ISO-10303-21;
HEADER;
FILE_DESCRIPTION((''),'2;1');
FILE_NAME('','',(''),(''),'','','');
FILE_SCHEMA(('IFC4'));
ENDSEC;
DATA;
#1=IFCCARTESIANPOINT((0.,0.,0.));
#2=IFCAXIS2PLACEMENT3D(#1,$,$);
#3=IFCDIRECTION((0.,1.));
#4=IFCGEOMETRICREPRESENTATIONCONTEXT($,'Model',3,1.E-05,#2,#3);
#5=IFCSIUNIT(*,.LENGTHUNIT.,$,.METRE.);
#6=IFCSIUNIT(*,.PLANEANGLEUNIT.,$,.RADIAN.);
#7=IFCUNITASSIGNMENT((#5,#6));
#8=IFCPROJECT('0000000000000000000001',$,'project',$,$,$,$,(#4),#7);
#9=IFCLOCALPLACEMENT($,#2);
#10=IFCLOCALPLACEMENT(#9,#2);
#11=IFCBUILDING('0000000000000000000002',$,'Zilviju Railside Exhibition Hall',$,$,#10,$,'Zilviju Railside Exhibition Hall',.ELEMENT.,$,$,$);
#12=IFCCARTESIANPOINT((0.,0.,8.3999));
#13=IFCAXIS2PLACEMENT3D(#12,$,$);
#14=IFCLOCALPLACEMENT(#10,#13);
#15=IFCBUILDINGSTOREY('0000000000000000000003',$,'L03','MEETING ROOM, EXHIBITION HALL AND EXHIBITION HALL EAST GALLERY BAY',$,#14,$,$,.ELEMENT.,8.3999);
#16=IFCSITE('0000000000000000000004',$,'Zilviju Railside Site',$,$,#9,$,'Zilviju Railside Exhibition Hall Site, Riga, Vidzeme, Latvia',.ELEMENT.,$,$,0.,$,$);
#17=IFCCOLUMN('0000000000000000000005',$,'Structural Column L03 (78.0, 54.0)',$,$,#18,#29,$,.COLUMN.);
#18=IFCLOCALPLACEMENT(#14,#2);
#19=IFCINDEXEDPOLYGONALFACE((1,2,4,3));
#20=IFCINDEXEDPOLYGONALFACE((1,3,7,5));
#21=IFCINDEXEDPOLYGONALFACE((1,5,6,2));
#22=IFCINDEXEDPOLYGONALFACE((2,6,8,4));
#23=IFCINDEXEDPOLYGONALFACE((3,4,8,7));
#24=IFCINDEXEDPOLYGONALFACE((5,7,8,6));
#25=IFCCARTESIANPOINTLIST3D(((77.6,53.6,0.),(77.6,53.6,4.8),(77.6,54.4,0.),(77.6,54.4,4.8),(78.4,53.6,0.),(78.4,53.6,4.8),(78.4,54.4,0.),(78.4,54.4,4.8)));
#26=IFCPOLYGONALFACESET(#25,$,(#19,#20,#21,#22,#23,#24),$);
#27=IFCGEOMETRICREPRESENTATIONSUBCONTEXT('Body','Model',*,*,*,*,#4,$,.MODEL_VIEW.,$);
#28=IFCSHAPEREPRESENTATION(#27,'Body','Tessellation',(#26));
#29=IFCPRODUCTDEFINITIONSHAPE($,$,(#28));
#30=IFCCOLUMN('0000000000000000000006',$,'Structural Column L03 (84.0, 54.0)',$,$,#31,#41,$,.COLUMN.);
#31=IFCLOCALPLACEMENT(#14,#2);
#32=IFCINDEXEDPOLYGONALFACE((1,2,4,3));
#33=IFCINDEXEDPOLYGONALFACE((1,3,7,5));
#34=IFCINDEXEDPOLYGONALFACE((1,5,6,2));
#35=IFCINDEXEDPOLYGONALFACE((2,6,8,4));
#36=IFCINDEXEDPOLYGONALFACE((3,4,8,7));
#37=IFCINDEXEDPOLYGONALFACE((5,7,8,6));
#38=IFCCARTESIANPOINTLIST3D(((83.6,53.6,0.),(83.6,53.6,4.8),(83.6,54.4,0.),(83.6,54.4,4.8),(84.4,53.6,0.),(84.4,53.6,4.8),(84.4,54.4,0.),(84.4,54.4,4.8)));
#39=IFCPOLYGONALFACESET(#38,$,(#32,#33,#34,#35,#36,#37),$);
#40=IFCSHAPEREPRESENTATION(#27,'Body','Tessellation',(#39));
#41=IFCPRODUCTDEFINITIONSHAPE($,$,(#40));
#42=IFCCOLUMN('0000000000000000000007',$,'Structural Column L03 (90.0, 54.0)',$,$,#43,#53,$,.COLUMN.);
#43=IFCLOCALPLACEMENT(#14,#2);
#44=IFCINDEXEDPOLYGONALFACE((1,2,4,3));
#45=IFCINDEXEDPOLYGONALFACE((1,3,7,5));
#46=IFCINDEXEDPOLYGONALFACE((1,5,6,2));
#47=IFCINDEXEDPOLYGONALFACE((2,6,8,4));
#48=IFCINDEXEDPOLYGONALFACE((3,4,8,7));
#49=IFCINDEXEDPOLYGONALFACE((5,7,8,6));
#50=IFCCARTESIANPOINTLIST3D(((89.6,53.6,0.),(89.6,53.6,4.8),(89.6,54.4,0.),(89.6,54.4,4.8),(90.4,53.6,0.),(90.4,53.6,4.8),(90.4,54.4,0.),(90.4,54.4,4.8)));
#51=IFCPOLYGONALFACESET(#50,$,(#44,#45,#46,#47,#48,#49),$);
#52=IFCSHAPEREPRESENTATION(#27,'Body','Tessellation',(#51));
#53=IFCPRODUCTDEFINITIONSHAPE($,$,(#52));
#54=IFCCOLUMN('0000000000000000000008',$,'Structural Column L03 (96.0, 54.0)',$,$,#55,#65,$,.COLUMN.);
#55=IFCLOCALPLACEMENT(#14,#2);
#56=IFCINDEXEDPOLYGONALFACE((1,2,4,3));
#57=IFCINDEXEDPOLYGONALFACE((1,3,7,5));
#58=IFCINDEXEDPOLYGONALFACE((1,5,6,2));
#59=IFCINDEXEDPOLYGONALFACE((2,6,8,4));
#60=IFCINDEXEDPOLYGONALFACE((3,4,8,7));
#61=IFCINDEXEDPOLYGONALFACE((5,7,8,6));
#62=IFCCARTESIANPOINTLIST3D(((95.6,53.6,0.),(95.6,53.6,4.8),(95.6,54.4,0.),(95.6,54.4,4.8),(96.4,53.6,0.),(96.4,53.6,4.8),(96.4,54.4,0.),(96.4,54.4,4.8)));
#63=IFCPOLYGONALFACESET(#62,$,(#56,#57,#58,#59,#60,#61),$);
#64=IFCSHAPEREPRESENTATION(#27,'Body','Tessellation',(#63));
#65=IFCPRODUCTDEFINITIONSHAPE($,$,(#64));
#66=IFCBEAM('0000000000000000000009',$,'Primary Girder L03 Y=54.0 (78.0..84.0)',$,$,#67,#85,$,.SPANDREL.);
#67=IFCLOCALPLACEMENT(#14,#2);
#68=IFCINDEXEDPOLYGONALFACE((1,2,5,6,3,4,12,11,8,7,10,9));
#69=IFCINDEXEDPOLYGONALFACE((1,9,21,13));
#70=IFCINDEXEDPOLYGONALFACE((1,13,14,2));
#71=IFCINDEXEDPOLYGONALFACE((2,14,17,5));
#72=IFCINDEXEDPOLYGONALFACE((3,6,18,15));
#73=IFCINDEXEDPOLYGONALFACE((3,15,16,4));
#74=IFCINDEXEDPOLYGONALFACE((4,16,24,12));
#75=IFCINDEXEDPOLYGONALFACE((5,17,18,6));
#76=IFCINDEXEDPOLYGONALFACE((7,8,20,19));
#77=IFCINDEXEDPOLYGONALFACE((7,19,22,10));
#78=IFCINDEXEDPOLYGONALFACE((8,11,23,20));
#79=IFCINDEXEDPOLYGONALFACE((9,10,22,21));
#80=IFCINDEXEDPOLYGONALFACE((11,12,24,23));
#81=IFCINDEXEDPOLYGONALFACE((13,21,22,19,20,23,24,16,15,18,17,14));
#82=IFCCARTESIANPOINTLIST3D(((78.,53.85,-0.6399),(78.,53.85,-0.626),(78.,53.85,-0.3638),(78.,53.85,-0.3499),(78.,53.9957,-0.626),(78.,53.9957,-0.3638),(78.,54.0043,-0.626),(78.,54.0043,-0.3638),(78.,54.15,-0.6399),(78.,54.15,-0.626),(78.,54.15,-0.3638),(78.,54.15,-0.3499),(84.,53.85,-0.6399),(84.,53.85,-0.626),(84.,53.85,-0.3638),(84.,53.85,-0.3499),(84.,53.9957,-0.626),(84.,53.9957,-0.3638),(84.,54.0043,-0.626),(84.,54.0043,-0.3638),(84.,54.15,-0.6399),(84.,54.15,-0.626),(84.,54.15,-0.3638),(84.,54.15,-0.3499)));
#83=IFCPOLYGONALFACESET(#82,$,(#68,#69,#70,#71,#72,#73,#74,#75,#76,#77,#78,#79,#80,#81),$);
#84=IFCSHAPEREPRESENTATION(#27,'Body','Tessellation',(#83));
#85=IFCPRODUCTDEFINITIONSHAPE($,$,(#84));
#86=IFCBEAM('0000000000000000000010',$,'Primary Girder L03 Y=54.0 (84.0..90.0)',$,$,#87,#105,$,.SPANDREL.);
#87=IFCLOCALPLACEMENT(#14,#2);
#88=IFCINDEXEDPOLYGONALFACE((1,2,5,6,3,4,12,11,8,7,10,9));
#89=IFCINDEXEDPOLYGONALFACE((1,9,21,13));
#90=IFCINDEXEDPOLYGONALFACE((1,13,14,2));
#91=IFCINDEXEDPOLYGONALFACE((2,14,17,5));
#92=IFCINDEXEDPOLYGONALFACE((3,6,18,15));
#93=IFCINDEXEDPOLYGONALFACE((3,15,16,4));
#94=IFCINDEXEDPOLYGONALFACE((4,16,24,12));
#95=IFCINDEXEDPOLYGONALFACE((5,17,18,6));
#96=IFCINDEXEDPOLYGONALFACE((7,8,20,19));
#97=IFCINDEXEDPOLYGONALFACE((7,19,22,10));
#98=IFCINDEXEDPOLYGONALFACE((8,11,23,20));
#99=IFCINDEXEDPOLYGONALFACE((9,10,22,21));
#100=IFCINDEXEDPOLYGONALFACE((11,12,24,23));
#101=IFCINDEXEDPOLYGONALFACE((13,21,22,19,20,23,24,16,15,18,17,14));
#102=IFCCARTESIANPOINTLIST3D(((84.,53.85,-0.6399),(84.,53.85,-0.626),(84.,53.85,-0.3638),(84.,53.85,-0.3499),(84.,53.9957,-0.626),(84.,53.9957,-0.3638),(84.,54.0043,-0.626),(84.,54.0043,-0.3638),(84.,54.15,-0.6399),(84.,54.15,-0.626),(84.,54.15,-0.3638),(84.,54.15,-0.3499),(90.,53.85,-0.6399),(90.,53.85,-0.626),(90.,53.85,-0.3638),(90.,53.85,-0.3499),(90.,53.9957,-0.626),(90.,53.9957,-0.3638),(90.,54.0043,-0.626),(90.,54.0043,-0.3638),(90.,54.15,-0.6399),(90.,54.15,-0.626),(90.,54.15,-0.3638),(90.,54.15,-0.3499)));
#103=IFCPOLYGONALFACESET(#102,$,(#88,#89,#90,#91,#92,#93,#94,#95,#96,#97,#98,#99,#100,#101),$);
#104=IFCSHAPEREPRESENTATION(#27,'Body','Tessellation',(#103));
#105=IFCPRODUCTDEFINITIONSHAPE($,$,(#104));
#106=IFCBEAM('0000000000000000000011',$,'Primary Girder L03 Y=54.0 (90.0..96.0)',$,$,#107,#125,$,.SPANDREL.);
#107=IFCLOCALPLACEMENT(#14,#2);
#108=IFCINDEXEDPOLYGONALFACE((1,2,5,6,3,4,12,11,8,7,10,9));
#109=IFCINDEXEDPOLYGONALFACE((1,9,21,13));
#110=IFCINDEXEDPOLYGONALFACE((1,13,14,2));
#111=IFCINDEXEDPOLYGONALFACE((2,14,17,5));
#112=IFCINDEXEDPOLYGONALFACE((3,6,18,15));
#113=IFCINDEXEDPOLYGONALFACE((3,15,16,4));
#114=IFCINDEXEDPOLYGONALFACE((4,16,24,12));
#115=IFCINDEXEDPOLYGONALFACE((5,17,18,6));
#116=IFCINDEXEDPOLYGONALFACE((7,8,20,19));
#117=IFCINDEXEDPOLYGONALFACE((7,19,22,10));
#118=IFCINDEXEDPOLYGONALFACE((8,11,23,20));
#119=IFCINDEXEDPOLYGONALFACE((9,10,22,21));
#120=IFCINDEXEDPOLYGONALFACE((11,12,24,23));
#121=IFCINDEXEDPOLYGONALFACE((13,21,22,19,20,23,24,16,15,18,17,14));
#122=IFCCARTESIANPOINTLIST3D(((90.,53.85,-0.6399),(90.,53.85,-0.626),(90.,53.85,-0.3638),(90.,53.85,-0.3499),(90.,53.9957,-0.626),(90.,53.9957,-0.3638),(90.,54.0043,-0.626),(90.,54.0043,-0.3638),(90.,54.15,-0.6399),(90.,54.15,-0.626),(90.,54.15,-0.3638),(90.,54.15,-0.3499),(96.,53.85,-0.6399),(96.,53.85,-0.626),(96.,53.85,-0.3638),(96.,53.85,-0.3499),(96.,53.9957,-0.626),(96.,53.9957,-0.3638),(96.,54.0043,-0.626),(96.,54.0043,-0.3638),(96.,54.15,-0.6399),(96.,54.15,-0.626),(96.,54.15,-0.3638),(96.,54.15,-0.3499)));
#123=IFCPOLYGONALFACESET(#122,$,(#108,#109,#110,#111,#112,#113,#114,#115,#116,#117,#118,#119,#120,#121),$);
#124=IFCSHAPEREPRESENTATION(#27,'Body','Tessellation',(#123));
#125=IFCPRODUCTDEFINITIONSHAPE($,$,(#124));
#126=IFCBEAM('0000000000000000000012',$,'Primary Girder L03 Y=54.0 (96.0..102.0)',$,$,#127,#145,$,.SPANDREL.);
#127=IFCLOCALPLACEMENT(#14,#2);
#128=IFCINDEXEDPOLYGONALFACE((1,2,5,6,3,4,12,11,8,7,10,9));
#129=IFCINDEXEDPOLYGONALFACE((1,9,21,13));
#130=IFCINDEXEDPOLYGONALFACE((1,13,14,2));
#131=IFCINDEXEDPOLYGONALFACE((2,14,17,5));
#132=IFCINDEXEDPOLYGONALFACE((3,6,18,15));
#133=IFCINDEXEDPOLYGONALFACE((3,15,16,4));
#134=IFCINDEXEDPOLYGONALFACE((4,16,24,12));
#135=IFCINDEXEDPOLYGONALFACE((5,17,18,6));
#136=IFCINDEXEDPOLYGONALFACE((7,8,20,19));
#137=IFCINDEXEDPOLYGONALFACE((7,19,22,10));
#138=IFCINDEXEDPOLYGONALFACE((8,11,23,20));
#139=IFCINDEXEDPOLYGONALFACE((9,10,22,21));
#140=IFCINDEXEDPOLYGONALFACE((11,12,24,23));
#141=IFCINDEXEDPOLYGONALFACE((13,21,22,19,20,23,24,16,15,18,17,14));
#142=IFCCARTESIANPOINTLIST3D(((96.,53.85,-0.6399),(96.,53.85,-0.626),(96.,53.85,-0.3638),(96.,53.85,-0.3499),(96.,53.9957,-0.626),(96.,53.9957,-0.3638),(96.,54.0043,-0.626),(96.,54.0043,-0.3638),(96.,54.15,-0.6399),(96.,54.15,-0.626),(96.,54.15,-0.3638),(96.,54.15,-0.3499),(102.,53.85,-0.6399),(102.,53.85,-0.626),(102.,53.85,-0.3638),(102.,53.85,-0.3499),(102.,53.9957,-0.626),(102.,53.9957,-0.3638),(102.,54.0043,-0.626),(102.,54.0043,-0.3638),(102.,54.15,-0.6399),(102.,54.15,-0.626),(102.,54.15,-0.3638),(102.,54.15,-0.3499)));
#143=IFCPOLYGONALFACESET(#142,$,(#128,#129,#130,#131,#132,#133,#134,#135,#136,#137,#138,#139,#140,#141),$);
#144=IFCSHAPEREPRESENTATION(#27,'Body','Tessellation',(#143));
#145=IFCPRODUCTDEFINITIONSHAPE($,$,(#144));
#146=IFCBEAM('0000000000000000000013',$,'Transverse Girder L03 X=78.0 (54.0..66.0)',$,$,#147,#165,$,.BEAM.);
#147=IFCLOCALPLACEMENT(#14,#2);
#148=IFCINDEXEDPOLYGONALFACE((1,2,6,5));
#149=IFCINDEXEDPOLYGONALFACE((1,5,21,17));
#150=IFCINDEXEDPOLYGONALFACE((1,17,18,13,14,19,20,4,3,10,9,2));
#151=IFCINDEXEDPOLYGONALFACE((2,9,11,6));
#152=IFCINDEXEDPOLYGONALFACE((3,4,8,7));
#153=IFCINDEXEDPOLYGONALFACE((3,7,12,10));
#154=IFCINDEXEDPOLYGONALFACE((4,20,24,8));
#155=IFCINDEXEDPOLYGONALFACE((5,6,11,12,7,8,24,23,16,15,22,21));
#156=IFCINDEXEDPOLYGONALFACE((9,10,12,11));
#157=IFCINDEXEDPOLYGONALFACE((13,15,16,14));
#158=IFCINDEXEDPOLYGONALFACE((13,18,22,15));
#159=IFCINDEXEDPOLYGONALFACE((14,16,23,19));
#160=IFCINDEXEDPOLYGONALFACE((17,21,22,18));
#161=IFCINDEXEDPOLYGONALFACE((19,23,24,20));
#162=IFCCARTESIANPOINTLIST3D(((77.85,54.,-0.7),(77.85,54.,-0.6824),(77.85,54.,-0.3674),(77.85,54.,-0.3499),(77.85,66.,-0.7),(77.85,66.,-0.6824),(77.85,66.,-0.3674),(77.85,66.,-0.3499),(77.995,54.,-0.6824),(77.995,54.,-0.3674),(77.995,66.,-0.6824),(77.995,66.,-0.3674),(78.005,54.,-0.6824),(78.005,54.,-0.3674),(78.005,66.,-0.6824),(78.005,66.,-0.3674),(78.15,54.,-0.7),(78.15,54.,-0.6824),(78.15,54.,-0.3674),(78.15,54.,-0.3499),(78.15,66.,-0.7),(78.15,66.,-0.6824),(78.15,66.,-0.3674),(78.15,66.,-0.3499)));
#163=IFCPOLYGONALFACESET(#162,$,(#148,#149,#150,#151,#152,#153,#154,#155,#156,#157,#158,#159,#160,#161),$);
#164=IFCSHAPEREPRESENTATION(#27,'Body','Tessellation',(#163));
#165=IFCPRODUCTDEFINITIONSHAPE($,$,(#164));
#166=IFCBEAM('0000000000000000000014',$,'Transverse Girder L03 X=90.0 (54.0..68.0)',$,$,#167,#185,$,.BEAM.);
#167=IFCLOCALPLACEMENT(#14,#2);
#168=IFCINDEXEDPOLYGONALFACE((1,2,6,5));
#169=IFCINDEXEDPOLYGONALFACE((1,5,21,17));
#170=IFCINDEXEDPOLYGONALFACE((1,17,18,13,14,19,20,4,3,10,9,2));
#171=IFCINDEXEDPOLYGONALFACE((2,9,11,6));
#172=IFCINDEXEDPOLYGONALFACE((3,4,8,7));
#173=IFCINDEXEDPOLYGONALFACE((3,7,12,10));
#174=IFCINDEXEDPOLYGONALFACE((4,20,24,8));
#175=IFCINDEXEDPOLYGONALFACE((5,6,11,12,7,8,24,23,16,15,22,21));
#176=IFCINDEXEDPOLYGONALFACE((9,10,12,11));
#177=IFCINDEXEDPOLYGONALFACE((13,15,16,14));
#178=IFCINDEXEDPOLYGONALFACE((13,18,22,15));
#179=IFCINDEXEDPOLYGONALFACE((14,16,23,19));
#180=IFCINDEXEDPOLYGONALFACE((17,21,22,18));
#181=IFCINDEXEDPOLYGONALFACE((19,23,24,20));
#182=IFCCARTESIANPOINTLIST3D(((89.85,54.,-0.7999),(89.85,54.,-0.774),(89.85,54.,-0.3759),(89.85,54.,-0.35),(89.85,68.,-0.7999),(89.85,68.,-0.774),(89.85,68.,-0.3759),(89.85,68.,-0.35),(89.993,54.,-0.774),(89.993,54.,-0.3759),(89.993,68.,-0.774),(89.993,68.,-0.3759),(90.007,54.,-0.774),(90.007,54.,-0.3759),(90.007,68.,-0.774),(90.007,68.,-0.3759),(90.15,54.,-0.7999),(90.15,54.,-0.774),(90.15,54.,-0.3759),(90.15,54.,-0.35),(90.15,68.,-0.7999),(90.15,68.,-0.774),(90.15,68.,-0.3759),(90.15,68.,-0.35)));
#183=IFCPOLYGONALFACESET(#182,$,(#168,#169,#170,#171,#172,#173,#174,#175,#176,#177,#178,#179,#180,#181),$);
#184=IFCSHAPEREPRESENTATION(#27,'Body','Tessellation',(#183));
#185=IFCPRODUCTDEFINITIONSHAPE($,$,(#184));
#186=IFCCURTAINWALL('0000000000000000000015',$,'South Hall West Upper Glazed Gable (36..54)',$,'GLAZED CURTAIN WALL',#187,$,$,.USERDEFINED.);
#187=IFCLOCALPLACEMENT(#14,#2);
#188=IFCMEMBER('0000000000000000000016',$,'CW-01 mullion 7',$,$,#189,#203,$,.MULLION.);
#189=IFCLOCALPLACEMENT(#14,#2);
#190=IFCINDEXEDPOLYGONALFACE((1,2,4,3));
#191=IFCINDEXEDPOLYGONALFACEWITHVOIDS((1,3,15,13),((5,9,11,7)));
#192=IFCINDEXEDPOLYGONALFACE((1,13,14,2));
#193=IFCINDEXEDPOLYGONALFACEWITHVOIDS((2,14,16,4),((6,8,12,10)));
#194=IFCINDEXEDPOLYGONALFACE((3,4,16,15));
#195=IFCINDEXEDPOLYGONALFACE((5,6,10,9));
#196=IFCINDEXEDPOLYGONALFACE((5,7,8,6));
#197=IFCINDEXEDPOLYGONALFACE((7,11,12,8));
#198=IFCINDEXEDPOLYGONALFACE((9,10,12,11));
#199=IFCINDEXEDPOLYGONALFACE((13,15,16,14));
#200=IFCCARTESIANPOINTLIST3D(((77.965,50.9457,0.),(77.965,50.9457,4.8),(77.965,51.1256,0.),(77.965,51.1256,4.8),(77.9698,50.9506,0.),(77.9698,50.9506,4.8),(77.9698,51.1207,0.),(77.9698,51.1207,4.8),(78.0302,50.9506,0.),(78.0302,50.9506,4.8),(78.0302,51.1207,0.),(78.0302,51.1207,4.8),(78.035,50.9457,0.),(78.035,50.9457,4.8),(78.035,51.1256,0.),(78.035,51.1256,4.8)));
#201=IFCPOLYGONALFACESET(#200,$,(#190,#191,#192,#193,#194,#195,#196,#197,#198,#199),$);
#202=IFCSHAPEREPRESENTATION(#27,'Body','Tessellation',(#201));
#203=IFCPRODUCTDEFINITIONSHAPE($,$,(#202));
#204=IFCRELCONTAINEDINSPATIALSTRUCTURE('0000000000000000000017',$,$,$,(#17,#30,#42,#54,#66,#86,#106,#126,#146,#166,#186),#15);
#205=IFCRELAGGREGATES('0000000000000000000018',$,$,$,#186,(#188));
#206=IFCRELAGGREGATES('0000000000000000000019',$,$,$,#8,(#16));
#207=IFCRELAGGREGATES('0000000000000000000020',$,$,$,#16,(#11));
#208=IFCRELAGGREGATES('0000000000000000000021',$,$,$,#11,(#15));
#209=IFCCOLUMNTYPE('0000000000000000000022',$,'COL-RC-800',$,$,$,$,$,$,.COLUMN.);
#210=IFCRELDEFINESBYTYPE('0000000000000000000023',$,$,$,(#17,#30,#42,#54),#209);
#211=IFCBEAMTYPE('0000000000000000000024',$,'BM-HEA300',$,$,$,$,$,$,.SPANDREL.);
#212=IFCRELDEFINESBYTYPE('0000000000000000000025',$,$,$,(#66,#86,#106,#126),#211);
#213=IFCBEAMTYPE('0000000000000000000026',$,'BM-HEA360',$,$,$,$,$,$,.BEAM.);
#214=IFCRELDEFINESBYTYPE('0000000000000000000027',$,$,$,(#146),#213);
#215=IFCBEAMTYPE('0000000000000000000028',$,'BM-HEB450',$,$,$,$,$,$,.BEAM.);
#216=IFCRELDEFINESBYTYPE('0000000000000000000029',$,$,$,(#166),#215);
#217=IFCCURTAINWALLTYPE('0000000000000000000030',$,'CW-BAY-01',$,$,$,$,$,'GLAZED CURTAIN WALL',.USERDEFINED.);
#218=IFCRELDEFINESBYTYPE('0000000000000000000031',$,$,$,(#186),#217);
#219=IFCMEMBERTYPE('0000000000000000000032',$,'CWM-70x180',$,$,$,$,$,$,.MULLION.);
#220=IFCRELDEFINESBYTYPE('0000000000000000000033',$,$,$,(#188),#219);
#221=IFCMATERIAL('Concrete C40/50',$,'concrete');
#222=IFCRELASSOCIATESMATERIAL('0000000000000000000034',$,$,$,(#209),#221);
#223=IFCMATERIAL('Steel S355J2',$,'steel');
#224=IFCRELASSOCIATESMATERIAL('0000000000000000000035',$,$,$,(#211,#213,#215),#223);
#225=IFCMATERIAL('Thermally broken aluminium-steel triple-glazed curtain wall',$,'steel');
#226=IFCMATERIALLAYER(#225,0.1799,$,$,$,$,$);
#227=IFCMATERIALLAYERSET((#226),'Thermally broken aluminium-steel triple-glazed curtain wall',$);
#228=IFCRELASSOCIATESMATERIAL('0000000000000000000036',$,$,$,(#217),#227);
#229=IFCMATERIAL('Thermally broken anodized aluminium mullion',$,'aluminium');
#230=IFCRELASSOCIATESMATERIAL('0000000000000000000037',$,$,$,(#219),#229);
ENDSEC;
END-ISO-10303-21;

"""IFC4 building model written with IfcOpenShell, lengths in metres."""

from ifc_helpers import new_model, si_unit, direction, frame, origin, origin_2d, place, context, subcontext, project, spatial, rectangle, hollow_rectangle, i_section, extrude, material, layer, layer_set, material_profile, profile_set, type_object, element, aggregate, save


model = new_model("IFC4")

# Units and contexts
model_context = context("Model", 3, precision=1e-05, world=origin(), true_north=direction((0.0, 1.0)))
body_context = subcontext(model_context, "Body", "Model", "MODEL_VIEW")
ifc_project = project(units=[si_unit("LENGTHUNIT", "METRE"), si_unit("PLANEANGLEUNIT", "RADIAN")], contexts=[model_context])

# Site, building, storey
site_placement = place(None, origin())
site = spatial("IfcSite", under=ifc_project, at=site_placement, Name="Zilviju Railside Site", LongName="Zilviju Railside Exhibition Hall Site, Riga, Vidzeme, Latvia", CompositionType="ELEMENT", RefElevation=0.0)
building_placement = place(site_placement, origin())
building = spatial("IfcBuilding", under=site, at=building_placement, Name="Zilviju Railside Exhibition Hall", LongName="Zilviju Railside Exhibition Hall", CompositionType="ELEMENT")
storey_placement = place(building_placement, frame((0.0, 0.0, 8.3999)))
storey = spatial("IfcBuildingStorey", under=building, at=storey_placement, Name="L03", Description="MEETING ROOM, EXHIBITION HALL AND EXHIBITION HALL EAST GALLERY BAY", CompositionType="ELEMENT", Elevation=8.3999)

# Columns
ifc_material_1 = material(Name="Concrete C40/50", Category="concrete")
ifc_material_profile_1 = material_profile(ifc_material_1, rectangle(XDim=0.8, YDim=0.8, at=origin_2d()), Name="RC COL 800x800")
ifc_profile_set_1 = profile_set([ifc_material_profile_1], Name="Concrete C40/50")
column_type = type_object("IfcColumnType", Name="COL-RC-800", PredefinedType="COLUMN", material=ifc_profile_set_1)
for number, where, z_axis, x_axis, name in (
    (1, (78.0, 54.0, 0.0), (0.0, 0.0, 1.0), (1.0, 0.0, 0.0), "Structural Column L03 (78.0, 54.0)"),
    (2, (84.0, 54.0, 0.0), (0.0, 0.0, 1.0), (1.0, 0.0, 0.0), "Structural Column L03 (84.0, 54.0)"),
    (3, (90.0, 54.0, 0.0), (0.0, 0.0, 1.0), (1.0, 0.0, 0.0), "Structural Column L03 (90.0, 54.0)"),
    (4, (96.0, 54.0, 0.0), (0.0, 0.0, 1.0), (1.0, 0.0, 0.0), "Structural Column L03 (96.0, 54.0)"),
):
    element("IfcColumn", number, at=place(storey_placement, frame(where, z_axis=z_axis, x_axis=x_axis)), inside=storey, type_object=column_type, Name=name, PredefinedType="COLUMN", context=body_context, shape_type="SweptSolid", body=[
        extrude(rectangle(XDim=0.8, YDim=0.8, at=origin_2d()), origin(), (0.0, 0.0, 1.0), 4.8),
    ])

# Beams
ifc_material_2 = material(Name="Steel S355J2", Category="steel")
ifc_material_profile_2 = material_profile(ifc_material_2, i_section(OverallWidth=0.3, OverallDepth=0.29, WebThickness=0.0085, FlangeThickness=0.0139, at=origin_2d()), Name="HEA 300")
ifc_profile_set_2 = profile_set([ifc_material_profile_2], Name="Steel S355J2")
beam_type_1 = type_object("IfcBeamType", Name="BM-HEA300", PredefinedType="SPANDREL", material=ifc_profile_set_2)
for number, where, z_axis, x_axis, name in (
    (5, (78.0, 54.0, -0.4949), (1.0, 0.0, 0.0), (0.0, 1.0, 0.0), "Primary Girder L03 Y=54.0 (78.0..84.0)"),
    (6, (84.0, 54.0, -0.4949), (1.0, 0.0, 0.0), (0.0, 1.0, 0.0), "Primary Girder L03 Y=54.0 (84.0..90.0)"),
    (7, (90.0, 54.0, -0.4949), (1.0, 0.0, 0.0), (0.0, 1.0, 0.0), "Primary Girder L03 Y=54.0 (90.0..96.0)"),
    (8, (96.0, 54.0, -0.4949), (1.0, 0.0, 0.0), (0.0, 1.0, 0.0), "Primary Girder L03 Y=54.0 (96.0..102.0)"),
):
    element("IfcBeam", number, at=place(storey_placement, frame(where, z_axis=z_axis, x_axis=x_axis)), inside=storey, type_object=beam_type_1, Name=name, PredefinedType="SPANDREL", context=body_context, shape_type="SweptSolid", body=[
        extrude(i_section(OverallWidth=0.3, OverallDepth=0.29, WebThickness=0.0085, FlangeThickness=0.0139, at=origin_2d()), origin(), (0.0, 0.0, 1.0), 6.0),
    ])
ifc_material_profile_3 = material_profile(ifc_material_2, i_section(OverallWidth=0.3, OverallDepth=0.3501, WebThickness=0.01, FlangeThickness=0.0176, at=origin_2d()), Name="HEA 360")
ifc_profile_set_3 = profile_set([ifc_material_profile_3], Name="Steel S355J2")
beam_type_2 = type_object("IfcBeamType", Name="BM-HEA360", PredefinedType="BEAM", material=ifc_profile_set_3)
beam_1_placement = place(storey_placement, frame((78.0, 54.0, -0.5249), z_axis=(0.0, 1.0, 0.0), x_axis=(-1.0, 0.0, 0.0)))
element("IfcBeam", 9, at=beam_1_placement, inside=storey, type_object=beam_type_2, Name="Transverse Girder L03 X=78.0 (54.0..66.0)", PredefinedType="BEAM", context=body_context, shape_type="SweptSolid", body=[
    extrude(i_section(OverallWidth=0.3, OverallDepth=0.3501, WebThickness=0.01, FlangeThickness=0.0176, at=origin_2d()), origin(), (0.0, 0.0, 1.0), 12.0),
])
ifc_material_profile_4 = material_profile(ifc_material_2, i_section(OverallWidth=0.3, OverallDepth=0.45, WebThickness=0.0139, FlangeThickness=0.0259, at=origin_2d()), Name="HEB 450")
ifc_profile_set_4 = profile_set([ifc_material_profile_4], Name="Steel S355J2")
beam_type_3 = type_object("IfcBeamType", Name="BM-HEB450", PredefinedType="BEAM", material=ifc_profile_set_4)
beam_2_placement = place(storey_placement, frame((90.0, 54.0, -0.575), z_axis=(0.0, 1.0, 0.0), x_axis=(-1.0, 0.0, 0.0)))
element("IfcBeam", 10, at=beam_2_placement, inside=storey, type_object=beam_type_3, Name="Transverse Girder L03 X=90.0 (54.0..68.0)", PredefinedType="BEAM", context=body_context, shape_type="SweptSolid", body=[
    extrude(i_section(OverallWidth=0.3, OverallDepth=0.45, WebThickness=0.0139, FlangeThickness=0.0259, at=origin_2d()), origin(), (0.0, 0.0, 1.0), 14.0),
])

# Curtain wall, member
ifc_material_3 = material(Name="Thermally broken aluminium-steel triple-glazed curtain wall", Category="steel")
ifc_layer_1 = layer(ifc_material_3, 0.1799)
ifc_layer_set_1 = layer_set([ifc_layer_1], Name="Thermally broken aluminium-steel triple-glazed curtain wall")
curtain_wall_type = type_object("IfcCurtainWallType", Name="CW-BAY-01", ElementType="GLAZED CURTAIN WALL", PredefinedType="USERDEFINED", material=ifc_layer_set_1)
curtain_wall_placement = place(storey_placement, origin())
curtain_wall = element("IfcCurtainWall", 11, at=curtain_wall_placement, inside=storey, type_object=curtain_wall_type, Name="South Hall West Upper Glazed Gable (36..54)", ObjectType="GLAZED CURTAIN WALL", PredefinedType="USERDEFINED")
ifc_material_4 = material(Name="Thermally broken anodized aluminium mullion", Category="aluminium")
ifc_material_profile_5 = material_profile(ifc_material_4, hollow_rectangle(XDim=0.0701, YDim=0.1799, WallThickness=0.0049, at=origin_2d()), Name="MULLION 180x70x5")
ifc_profile_set_5 = profile_set([ifc_material_profile_5], Name="Thermally broken anodized aluminium mullion")
member_type_1 = type_object("IfcMemberType", Name="CWM-70x180", PredefinedType="MULLION", material=ifc_profile_set_5)
member_1_placement = place(storey_placement, frame((78.0, 51.0356, 0.0), z_axis=(0.0, 0.0, 1.0), x_axis=(-1.0, 0.0, 0.0)))
member_1 = element("IfcMember", 12, at=member_1_placement, type_object=member_type_1, Name="CW-01 mullion 7", PredefinedType="MULLION", context=body_context, shape_type="SweptSolid", body=[
    extrude(hollow_rectangle(XDim=0.0701, YDim=0.1799, WallThickness=0.0049, at=origin_2d()), origin(), (0.0, 0.0, 1.0), 4.8),
])
aggregate(curtain_wall, [member_1])

save(model, "model.ifc")
